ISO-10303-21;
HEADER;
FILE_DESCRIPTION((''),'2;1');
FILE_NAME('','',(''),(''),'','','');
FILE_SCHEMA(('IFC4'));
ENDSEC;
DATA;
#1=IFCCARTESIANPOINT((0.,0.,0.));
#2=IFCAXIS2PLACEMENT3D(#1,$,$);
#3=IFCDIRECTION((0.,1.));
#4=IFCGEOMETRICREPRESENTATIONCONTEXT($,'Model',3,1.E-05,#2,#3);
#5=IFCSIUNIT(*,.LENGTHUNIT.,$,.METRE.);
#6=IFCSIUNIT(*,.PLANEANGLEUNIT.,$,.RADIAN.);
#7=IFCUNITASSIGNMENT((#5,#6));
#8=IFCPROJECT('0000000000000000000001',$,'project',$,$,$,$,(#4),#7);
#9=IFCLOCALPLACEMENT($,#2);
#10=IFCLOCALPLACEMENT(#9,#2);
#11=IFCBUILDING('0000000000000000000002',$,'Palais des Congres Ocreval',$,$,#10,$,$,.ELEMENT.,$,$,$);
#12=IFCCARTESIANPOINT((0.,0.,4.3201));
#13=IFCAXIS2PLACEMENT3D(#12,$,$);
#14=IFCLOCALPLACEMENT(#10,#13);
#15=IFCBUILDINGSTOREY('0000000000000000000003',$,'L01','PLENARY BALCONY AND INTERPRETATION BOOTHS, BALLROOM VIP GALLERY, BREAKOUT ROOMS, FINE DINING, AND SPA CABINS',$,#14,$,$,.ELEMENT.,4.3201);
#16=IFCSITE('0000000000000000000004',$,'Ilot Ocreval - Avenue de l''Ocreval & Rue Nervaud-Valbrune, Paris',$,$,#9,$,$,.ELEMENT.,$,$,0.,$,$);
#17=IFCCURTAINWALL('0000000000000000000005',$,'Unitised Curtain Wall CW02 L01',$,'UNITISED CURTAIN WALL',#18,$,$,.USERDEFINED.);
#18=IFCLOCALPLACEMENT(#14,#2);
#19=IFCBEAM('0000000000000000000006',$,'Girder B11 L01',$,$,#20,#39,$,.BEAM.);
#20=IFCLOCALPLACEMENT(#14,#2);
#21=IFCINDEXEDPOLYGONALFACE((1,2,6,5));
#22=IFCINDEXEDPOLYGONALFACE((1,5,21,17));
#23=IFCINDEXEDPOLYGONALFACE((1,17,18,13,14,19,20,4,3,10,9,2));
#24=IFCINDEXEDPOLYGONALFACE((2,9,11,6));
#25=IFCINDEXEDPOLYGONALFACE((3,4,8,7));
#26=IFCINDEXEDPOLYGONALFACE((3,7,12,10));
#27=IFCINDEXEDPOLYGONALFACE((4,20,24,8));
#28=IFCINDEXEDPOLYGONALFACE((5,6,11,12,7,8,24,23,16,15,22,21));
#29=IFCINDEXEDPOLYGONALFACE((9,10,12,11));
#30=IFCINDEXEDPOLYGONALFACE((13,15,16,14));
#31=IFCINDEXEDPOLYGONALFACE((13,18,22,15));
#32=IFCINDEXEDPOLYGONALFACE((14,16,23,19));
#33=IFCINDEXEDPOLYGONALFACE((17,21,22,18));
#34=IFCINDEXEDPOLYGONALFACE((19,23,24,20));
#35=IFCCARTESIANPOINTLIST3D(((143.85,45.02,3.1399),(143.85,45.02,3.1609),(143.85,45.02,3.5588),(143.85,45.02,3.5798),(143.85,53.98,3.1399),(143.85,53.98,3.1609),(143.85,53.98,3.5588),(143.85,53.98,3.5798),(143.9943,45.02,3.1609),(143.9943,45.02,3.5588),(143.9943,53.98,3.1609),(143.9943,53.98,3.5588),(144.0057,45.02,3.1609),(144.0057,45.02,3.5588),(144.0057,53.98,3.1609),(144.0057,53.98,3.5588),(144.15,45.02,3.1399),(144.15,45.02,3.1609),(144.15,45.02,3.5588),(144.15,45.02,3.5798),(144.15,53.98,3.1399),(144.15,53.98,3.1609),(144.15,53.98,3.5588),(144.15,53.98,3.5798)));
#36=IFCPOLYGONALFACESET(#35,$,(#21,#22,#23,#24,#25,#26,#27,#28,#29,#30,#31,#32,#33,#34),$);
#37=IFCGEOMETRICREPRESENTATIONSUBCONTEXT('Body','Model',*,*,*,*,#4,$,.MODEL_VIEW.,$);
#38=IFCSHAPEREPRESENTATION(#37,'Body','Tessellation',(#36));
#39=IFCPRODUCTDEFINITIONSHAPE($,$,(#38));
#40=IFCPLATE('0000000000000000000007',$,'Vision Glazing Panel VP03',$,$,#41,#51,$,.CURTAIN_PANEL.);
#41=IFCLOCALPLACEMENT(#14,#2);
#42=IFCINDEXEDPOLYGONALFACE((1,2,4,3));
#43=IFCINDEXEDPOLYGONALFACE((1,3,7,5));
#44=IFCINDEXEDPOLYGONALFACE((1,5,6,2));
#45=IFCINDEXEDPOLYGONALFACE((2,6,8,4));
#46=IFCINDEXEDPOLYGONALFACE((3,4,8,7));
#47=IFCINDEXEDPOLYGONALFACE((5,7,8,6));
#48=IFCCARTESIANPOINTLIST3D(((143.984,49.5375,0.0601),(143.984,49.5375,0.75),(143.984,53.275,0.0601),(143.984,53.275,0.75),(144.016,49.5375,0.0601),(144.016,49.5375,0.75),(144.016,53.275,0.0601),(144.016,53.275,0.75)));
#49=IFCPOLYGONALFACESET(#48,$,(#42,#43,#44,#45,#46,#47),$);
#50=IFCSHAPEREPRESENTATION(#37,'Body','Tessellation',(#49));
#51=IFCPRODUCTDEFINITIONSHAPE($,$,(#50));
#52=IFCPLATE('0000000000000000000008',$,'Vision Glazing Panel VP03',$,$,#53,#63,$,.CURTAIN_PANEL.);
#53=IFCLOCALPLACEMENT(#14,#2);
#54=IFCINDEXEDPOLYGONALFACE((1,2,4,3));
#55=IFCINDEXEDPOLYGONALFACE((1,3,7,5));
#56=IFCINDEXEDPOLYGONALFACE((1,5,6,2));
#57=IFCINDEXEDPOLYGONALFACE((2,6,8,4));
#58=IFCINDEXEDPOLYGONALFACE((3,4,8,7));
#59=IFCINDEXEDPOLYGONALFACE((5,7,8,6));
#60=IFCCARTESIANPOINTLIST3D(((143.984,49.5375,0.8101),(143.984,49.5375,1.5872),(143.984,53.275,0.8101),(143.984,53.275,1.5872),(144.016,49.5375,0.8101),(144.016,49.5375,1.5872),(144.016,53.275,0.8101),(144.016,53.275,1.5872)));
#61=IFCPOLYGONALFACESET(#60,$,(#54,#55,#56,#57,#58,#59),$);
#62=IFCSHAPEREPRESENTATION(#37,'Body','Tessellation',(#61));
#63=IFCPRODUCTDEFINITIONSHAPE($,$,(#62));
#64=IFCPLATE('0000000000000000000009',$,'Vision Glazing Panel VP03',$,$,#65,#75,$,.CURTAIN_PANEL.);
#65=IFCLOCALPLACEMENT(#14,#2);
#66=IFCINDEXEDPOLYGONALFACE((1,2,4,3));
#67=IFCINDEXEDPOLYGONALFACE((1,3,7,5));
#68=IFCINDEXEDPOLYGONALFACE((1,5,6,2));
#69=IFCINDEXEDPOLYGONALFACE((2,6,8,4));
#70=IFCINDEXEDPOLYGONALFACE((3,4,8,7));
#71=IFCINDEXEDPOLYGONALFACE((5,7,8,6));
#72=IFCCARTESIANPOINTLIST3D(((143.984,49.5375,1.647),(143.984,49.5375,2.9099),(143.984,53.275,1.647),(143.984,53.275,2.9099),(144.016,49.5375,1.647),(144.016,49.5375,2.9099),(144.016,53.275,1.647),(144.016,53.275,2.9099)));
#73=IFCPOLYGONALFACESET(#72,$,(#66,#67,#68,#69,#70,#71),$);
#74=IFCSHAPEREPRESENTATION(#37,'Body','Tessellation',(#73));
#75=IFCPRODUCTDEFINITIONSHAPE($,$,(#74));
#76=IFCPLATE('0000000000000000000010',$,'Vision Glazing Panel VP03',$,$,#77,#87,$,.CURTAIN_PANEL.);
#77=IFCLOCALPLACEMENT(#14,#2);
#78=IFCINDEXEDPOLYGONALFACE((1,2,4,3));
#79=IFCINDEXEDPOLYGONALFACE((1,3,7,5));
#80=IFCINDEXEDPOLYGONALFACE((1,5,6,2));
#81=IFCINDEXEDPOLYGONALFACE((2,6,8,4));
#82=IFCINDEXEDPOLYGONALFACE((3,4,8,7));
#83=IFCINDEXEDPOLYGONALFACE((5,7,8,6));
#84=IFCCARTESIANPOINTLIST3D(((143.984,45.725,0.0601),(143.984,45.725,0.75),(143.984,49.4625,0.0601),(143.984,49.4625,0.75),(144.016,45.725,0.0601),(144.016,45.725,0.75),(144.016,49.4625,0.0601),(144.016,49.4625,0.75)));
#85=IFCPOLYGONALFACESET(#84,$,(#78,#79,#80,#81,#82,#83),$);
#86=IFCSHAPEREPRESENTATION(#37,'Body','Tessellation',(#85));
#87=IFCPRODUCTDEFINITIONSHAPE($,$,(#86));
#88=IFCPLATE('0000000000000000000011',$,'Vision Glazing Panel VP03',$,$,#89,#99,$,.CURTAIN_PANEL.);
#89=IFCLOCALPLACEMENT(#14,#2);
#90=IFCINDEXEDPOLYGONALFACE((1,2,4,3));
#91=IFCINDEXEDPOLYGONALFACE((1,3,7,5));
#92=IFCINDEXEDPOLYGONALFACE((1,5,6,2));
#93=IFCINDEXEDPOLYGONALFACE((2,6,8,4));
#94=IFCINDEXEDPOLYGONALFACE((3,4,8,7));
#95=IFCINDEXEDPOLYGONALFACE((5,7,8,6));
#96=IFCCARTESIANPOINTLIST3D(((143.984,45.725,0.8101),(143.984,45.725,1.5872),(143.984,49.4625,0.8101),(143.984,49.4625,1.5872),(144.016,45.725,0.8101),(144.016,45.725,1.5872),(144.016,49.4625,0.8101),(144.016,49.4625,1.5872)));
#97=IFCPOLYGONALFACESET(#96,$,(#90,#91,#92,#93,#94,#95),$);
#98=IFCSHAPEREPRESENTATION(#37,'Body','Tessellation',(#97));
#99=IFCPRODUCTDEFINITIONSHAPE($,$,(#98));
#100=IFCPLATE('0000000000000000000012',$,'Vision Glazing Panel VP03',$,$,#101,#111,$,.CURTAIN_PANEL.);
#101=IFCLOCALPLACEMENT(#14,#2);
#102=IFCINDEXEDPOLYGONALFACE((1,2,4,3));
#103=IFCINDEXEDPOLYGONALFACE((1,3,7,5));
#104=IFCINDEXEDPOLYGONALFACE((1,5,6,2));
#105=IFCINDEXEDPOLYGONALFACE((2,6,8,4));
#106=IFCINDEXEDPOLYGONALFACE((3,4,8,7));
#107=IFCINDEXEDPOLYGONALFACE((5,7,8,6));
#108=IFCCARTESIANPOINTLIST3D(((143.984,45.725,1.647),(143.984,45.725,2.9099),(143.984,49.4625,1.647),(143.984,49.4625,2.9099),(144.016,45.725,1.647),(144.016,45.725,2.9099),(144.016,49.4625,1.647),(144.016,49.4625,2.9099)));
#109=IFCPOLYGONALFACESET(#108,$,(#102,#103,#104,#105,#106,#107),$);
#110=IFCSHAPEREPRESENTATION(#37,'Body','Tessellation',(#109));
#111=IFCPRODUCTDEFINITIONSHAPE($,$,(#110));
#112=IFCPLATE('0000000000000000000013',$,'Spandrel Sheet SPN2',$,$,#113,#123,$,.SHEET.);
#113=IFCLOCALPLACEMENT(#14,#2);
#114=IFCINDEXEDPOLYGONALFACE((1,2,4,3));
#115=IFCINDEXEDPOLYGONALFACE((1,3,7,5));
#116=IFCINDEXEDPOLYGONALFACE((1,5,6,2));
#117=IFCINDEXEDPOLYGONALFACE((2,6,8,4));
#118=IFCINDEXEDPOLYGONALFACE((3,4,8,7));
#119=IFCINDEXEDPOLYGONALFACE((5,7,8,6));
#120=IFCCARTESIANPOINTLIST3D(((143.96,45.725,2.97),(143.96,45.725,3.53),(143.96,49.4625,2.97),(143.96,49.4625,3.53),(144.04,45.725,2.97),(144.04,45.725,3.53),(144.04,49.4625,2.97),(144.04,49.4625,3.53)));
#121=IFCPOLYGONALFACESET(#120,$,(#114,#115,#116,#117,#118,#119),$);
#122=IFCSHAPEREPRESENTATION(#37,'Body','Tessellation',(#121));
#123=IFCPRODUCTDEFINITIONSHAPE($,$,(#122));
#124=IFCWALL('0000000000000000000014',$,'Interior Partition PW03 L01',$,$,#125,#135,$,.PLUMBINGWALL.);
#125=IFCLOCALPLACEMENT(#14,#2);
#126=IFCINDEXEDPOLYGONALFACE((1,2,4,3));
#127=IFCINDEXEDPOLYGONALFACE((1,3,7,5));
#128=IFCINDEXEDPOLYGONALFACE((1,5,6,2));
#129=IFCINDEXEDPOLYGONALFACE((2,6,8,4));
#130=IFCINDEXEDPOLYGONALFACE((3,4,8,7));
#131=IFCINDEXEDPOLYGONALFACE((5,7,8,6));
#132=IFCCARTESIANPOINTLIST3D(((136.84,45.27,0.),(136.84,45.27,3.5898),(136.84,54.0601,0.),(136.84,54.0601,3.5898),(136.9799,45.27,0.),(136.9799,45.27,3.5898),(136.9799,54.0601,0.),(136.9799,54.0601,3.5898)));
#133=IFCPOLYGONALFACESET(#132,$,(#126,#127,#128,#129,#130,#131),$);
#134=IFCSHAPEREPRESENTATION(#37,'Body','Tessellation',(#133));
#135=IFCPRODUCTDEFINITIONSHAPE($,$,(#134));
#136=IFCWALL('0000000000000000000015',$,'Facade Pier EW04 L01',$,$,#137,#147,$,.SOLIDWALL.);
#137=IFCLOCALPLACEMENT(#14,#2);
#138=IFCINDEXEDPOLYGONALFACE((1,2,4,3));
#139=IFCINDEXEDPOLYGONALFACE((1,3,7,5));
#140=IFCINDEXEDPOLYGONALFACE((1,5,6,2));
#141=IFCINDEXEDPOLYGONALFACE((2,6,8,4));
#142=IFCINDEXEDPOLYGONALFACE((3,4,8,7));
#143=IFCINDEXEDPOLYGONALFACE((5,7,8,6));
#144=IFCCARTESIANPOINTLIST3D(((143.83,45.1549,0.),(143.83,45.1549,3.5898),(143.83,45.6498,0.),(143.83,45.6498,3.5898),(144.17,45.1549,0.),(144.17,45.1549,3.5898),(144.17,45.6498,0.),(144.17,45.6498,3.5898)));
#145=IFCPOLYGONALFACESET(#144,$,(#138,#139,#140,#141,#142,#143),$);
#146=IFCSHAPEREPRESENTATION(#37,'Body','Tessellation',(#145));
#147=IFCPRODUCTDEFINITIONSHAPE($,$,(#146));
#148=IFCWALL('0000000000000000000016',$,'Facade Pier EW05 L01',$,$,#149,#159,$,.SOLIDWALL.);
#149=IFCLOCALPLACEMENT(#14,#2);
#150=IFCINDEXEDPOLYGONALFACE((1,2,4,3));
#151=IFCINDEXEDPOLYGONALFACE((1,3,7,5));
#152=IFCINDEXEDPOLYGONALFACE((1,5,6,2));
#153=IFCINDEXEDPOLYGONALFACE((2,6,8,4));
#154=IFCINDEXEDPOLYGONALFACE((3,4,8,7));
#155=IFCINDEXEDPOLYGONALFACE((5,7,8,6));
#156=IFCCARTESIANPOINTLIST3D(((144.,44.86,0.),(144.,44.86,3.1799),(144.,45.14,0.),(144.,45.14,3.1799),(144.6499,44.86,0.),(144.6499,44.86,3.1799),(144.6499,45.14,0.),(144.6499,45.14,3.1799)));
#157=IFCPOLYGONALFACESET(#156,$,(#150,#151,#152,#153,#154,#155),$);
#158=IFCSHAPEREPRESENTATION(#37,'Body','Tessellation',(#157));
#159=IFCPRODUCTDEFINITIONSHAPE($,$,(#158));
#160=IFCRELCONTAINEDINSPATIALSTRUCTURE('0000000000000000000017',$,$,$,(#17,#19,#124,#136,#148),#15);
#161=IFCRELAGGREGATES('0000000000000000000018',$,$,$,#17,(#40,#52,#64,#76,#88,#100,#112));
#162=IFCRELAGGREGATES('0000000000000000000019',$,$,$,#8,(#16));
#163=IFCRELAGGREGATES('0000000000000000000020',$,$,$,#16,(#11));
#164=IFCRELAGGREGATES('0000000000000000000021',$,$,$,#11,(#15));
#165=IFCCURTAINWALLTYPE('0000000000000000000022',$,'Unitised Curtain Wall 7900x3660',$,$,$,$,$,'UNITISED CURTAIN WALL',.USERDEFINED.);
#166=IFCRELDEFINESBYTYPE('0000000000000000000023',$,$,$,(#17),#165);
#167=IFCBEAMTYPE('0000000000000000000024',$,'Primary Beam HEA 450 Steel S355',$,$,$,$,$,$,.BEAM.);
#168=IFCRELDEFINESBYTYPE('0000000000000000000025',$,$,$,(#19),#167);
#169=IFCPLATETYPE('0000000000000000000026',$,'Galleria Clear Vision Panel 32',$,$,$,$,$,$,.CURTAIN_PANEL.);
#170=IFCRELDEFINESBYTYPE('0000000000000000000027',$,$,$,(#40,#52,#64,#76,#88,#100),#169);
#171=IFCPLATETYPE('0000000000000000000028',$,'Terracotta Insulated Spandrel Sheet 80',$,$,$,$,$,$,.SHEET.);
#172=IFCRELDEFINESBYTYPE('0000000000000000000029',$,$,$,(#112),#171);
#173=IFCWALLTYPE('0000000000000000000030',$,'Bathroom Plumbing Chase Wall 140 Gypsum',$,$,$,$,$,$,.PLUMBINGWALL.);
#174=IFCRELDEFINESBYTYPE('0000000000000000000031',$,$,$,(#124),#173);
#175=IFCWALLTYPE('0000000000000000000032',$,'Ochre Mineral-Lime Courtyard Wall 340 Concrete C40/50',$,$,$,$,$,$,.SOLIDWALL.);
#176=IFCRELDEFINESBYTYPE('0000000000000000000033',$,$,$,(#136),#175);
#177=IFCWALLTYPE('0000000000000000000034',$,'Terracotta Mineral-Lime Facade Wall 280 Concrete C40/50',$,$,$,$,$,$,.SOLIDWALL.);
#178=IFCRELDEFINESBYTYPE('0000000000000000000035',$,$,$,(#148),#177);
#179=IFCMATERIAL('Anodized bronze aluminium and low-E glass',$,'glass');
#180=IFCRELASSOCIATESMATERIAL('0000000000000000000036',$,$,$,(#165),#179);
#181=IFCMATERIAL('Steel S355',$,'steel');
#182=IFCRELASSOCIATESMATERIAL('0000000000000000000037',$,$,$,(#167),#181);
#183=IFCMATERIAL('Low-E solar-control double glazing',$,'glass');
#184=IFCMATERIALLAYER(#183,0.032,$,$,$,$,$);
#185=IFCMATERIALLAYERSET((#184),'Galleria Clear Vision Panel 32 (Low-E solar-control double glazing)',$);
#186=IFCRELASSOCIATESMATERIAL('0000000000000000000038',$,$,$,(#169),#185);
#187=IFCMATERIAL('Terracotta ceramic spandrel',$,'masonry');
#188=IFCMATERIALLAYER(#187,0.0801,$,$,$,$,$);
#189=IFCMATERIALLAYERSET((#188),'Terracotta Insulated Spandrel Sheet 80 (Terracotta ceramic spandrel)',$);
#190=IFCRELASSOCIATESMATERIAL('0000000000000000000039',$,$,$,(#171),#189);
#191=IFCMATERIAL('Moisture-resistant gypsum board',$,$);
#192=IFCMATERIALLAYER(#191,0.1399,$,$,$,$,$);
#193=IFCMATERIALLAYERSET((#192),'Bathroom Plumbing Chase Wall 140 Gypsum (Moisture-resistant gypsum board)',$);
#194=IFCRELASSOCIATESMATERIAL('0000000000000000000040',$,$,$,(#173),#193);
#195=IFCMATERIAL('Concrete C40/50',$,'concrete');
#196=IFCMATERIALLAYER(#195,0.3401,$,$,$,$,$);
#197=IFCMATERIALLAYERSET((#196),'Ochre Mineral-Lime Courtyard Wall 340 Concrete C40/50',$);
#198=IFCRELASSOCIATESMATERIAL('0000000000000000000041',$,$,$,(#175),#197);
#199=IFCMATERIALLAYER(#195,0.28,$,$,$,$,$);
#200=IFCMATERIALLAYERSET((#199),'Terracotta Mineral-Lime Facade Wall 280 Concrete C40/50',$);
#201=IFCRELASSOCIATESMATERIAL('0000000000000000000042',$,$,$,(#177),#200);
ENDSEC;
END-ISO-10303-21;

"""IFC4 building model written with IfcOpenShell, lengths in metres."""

from ifc_helpers import new_model, si_unit, direction, frame, frame_2d, origin, origin_2d, place, context, subcontext, project, spatial, rectangle, i_section, extrude, material, layer, layer_set, material_profile, profile_set, type_object, element, aggregate, save


model = new_model("IFC4")

# Units and contexts
model_context = context("Model", 3, precision=1e-05, world=origin(), true_north=direction((0.0, 1.0)))
body_context = subcontext(model_context, "Body", "Model", "MODEL_VIEW")
ifc_project = project(units=[si_unit("LENGTHUNIT", "METRE"), si_unit("PLANEANGLEUNIT", "RADIAN")], contexts=[model_context])

# Site, building, storey
site_placement = place(None, origin())
site = spatial("IfcSite", under=ifc_project, at=site_placement, Name="Ilot Ocreval - Avenue de l'Ocreval & Rue Nervaud-Valbrune, Paris", CompositionType="ELEMENT", RefElevation=0.0)
building_placement = place(site_placement, origin())
building = spatial("IfcBuilding", under=site, at=building_placement, Name="Palais des Congres Ocreval", CompositionType="ELEMENT")
storey_placement = place(building_placement, frame((0.0, 0.0, 4.3201)))
storey = spatial("IfcBuildingStorey", under=building, at=storey_placement, Name="L01", Description="PLENARY BALCONY AND INTERPRETATION BOOTHS, BALLROOM VIP GALLERY, BREAKOUT ROOMS, FINE DINING, AND SPA CABINS", CompositionType="ELEMENT", Elevation=4.3201)

# Shared definitions
ifc_material_1 = material(Name="Steel S355", Category="steel")

# Curtain wall
ifc_material_2 = material(Name="Anodized bronze aluminium and low-E glass", Category="glass")
curtain_wall_type = type_object("IfcCurtainWallType", Name="Unitised Curtain Wall 7900x3660", ElementType="UNITISED CURTAIN WALL", PredefinedType="USERDEFINED", material=ifc_material_2)
curtain_wall_placement = place(storey_placement, origin())
curtain_wall = element("IfcCurtainWall", 1, at=curtain_wall_placement, inside=storey, type_object=curtain_wall_type, Name="Unitised Curtain Wall CW02 L01", ObjectType="UNITISED CURTAIN WALL", PredefinedType="USERDEFINED")

# Beam
ifc_material_profile_1 = material_profile(ifc_material_1, i_section(OverallWidth=0.3, OverallDepth=0.4399, WebThickness=0.0115, FlangeThickness=0.021, at=origin_2d()), Name="HEA 450")
ifc_profile_set_1 = profile_set([ifc_material_profile_1], Name="Steel S355")
beam_type_1 = type_object("IfcBeamType", Name="Primary Beam HEA 450 Steel S355", PredefinedType="BEAM", material=ifc_profile_set_1)
beam_1_placement = place(storey_placement, frame((144.0, 45.02, 3.3599), z_axis=(0.0, 1.0, 0.0), x_axis=(-1.0, 0.0, 0.0)))
element("IfcBeam", 2, at=beam_1_placement, inside=storey, type_object=beam_type_1, Name="Girder B11 L01", PredefinedType="BEAM", context=body_context, shape_type="SweptSolid", body=[
    extrude(i_section(OverallWidth=0.3, OverallDepth=0.4399, WebThickness=0.0115, FlangeThickness=0.021, at=origin_2d()), origin(), (0.0, 0.0, 1.0), 8.96),
])

# Plates
ifc_material_3 = material(Name="Low-E solar-control double glazing", Category="glass")
ifc_layer_1 = layer(ifc_material_3, 0.032)
ifc_layer_set_1 = layer_set([ifc_layer_1], Name="Galleria Clear Vision Panel 32 (Low-E solar-control double glazing)")
plate_type_1 = type_object("IfcPlateType", Name="Galleria Clear Vision Panel 32", PredefinedType="CURTAIN_PANEL", material=ifc_layer_set_1)
plate_1_placement = place(storey_placement, frame((144.0, 51.4062, 0.0601), z_axis=(0.0, 0.0, 1.0), x_axis=(0.0, -1.0, 0.0)))
plate_1 = element("IfcPlate", 3, at=plate_1_placement, type_object=plate_type_1, Name="Vision Glazing Panel VP03", PredefinedType="CURTAIN_PANEL", context=body_context, shape_type="SweptSolid", body=[
    extrude(rectangle(XDim=3.7375, YDim=0.032, at=origin_2d()), origin(), (0.0, 0.0, 1.0), 0.6899),
])
plate_2_placement = place(storey_placement, frame((144.0, 51.4062, 0.8101), z_axis=(0.0, 0.0, 1.0), x_axis=(0.0, -1.0, 0.0)))
plate_2 = element("IfcPlate", 4, at=plate_2_placement, type_object=plate_type_1, Name="Vision Glazing Panel VP03", PredefinedType="CURTAIN_PANEL", context=body_context, shape_type="SweptSolid", body=[
    extrude(rectangle(XDim=3.7375, YDim=0.032, at=origin_2d()), origin(), (0.0, 0.0, 1.0), 0.7771),
])
plate_3_placement = place(storey_placement, frame((144.0, 51.4062, 1.647), z_axis=(0.0, 0.0, 1.0), x_axis=(0.0, -1.0, 0.0)))
plate_3 = element("IfcPlate", 5, at=plate_3_placement, type_object=plate_type_1, Name="Vision Glazing Panel VP03", PredefinedType="CURTAIN_PANEL", context=body_context, shape_type="SweptSolid", body=[
    extrude(rectangle(XDim=3.7375, YDim=0.032, at=origin_2d()), origin(), (0.0, 0.0, 1.0), 1.2629),
])
plate_4_placement = place(storey_placement, frame((144.0, 47.5938, 0.0601), z_axis=(0.0, 0.0, 1.0), x_axis=(0.0, -1.0, 0.0)))
plate_4 = element("IfcPlate", 6, at=plate_4_placement, type_object=plate_type_1, Name="Vision Glazing Panel VP03", PredefinedType="CURTAIN_PANEL", context=body_context, shape_type="SweptSolid", body=[
    extrude(rectangle(XDim=3.7375, YDim=0.032, at=origin_2d()), origin(), (0.0, 0.0, 1.0), 0.6899),
])
plate_5_placement = place(storey_placement, frame((144.0, 47.5938, 0.8101), z_axis=(0.0, 0.0, 1.0), x_axis=(0.0, -1.0, 0.0)))
plate_5 = element("IfcPlate", 7, at=plate_5_placement, type_object=plate_type_1, Name="Vision Glazing Panel VP03", PredefinedType="CURTAIN_PANEL", context=body_context, shape_type="SweptSolid", body=[
    extrude(rectangle(XDim=3.7375, YDim=0.032, at=origin_2d()), origin(), (0.0, 0.0, 1.0), 0.7771),
])
plate_6_placement = place(storey_placement, frame((144.0, 47.5938, 1.647), z_axis=(0.0, 0.0, 1.0), x_axis=(0.0, -1.0, 0.0)))
plate_6 = element("IfcPlate", 8, at=plate_6_placement, type_object=plate_type_1, Name="Vision Glazing Panel VP03", PredefinedType="CURTAIN_PANEL", context=body_context, shape_type="SweptSolid", body=[
    extrude(rectangle(XDim=3.7375, YDim=0.032, at=origin_2d()), origin(), (0.0, 0.0, 1.0), 1.2629),
])
ifc_material_4 = material(Name="Terracotta ceramic spandrel", Category="masonry")
ifc_layer_2 = layer(ifc_material_4, 0.0801)
ifc_layer_set_2 = layer_set([ifc_layer_2], Name="Terracotta Insulated Spandrel Sheet 80 (Terracotta ceramic spandrel)")
plate_type_2 = type_object("IfcPlateType", Name="Terracotta Insulated Spandrel Sheet 80", PredefinedType="SHEET", material=ifc_layer_set_2)
plate_7_placement = place(storey_placement, frame((144.0, 47.5938, 2.97), z_axis=(0.0, 0.0, 1.0), x_axis=(0.0, -1.0, 0.0)))
plate_7 = element("IfcPlate", 9, at=plate_7_placement, type_object=plate_type_2, Name="Spandrel Sheet SPN2", PredefinedType="SHEET", context=body_context, shape_type="SweptSolid", body=[
    extrude(rectangle(XDim=3.7375, YDim=0.0801, at=origin_2d()), origin(), (0.0, 0.0, 1.0), 0.5601),
])
aggregate(curtain_wall, [plate_1, plate_2, plate_3, plate_4, plate_5, plate_6, plate_7])

# Walls
ifc_material_5 = material(Name="Moisture-resistant gypsum board")
ifc_layer_3 = layer(ifc_material_5, 0.1399)
ifc_layer_set_3 = layer_set([ifc_layer_3], Name="Bathroom Plumbing Chase Wall 140 Gypsum (Moisture-resistant gypsum board)")
wall_type_1 = type_object("IfcWallType", Name="Bathroom Plumbing Chase Wall 140 Gypsum", PredefinedType="PLUMBINGWALL", material=ifc_layer_set_3)
wall_1_placement = place(storey_placement, frame((136.9099, 45.27, 0.0), z_axis=(0.0, 0.0, 1.0), x_axis=(0.0, 1.0, 0.0)))
element("IfcWall", 10, at=wall_1_placement, inside=storey, type_object=wall_type_1, Name="Interior Partition PW03 L01", PredefinedType="PLUMBINGWALL", context=body_context, shape_type="SweptSolid", body=[
    extrude(rectangle(XDim=8.79, YDim=0.1399, at=frame_2d((4.395, 0.0))), origin(), (0.0, 0.0, 1.0), 3.5898),
])
ifc_material_6 = material(Name="Concrete C40/50", Category="concrete")
ifc_layer_4 = layer(ifc_material_6, 0.3401)
ifc_layer_set_4 = layer_set([ifc_layer_4], Name="Ochre Mineral-Lime Courtyard Wall 340 Concrete C40/50")
wall_type_2 = type_object("IfcWallType", Name="Ochre Mineral-Lime Courtyard Wall 340 Concrete C40/50", PredefinedType="SOLIDWALL", material=ifc_layer_set_4)
wall_2_placement = place(storey_placement, frame((144.0, 45.6499, 0.0), z_axis=(0.0, 0.0, 1.0), x_axis=(0.0, -1.0, 0.0)))
element("IfcWall", 11, at=wall_2_placement, inside=storey, type_object=wall_type_2, Name="Facade Pier EW04 L01", PredefinedType="SOLIDWALL", context=body_context, shape_type="SweptSolid", body=[
    extrude(rectangle(XDim=0.4949, YDim=0.3401, at=frame_2d((0.2476, 0.0))), origin(), (0.0, 0.0, 1.0), 3.5898),
])
ifc_layer_5 = layer(ifc_material_6, 0.28)
ifc_layer_set_5 = layer_set([ifc_layer_5], Name="Terracotta Mineral-Lime Facade Wall 280 Concrete C40/50")
wall_type_3 = type_object("IfcWallType", Name="Terracotta Mineral-Lime Facade Wall 280 Concrete C40/50", PredefinedType="SOLIDWALL", material=ifc_layer_set_5)
wall_3_placement = place(storey_placement, frame((144.0, 45.0, 0.0), z_axis=(0.0, 0.0, 1.0), x_axis=(1.0, 0.0, 0.0)))
element("IfcWall", 12, at=wall_3_placement, inside=storey, type_object=wall_type_3, Name="Facade Pier EW05 L01", PredefinedType="SOLIDWALL", context=body_context, shape_type="SweptSolid", body=[
    extrude(rectangle(XDim=0.6499, YDim=0.28, at=frame_2d((0.325, 0.0))), origin(), (0.0, 0.0, 1.0), 3.1799),
])

save(model, "model.ifc")
